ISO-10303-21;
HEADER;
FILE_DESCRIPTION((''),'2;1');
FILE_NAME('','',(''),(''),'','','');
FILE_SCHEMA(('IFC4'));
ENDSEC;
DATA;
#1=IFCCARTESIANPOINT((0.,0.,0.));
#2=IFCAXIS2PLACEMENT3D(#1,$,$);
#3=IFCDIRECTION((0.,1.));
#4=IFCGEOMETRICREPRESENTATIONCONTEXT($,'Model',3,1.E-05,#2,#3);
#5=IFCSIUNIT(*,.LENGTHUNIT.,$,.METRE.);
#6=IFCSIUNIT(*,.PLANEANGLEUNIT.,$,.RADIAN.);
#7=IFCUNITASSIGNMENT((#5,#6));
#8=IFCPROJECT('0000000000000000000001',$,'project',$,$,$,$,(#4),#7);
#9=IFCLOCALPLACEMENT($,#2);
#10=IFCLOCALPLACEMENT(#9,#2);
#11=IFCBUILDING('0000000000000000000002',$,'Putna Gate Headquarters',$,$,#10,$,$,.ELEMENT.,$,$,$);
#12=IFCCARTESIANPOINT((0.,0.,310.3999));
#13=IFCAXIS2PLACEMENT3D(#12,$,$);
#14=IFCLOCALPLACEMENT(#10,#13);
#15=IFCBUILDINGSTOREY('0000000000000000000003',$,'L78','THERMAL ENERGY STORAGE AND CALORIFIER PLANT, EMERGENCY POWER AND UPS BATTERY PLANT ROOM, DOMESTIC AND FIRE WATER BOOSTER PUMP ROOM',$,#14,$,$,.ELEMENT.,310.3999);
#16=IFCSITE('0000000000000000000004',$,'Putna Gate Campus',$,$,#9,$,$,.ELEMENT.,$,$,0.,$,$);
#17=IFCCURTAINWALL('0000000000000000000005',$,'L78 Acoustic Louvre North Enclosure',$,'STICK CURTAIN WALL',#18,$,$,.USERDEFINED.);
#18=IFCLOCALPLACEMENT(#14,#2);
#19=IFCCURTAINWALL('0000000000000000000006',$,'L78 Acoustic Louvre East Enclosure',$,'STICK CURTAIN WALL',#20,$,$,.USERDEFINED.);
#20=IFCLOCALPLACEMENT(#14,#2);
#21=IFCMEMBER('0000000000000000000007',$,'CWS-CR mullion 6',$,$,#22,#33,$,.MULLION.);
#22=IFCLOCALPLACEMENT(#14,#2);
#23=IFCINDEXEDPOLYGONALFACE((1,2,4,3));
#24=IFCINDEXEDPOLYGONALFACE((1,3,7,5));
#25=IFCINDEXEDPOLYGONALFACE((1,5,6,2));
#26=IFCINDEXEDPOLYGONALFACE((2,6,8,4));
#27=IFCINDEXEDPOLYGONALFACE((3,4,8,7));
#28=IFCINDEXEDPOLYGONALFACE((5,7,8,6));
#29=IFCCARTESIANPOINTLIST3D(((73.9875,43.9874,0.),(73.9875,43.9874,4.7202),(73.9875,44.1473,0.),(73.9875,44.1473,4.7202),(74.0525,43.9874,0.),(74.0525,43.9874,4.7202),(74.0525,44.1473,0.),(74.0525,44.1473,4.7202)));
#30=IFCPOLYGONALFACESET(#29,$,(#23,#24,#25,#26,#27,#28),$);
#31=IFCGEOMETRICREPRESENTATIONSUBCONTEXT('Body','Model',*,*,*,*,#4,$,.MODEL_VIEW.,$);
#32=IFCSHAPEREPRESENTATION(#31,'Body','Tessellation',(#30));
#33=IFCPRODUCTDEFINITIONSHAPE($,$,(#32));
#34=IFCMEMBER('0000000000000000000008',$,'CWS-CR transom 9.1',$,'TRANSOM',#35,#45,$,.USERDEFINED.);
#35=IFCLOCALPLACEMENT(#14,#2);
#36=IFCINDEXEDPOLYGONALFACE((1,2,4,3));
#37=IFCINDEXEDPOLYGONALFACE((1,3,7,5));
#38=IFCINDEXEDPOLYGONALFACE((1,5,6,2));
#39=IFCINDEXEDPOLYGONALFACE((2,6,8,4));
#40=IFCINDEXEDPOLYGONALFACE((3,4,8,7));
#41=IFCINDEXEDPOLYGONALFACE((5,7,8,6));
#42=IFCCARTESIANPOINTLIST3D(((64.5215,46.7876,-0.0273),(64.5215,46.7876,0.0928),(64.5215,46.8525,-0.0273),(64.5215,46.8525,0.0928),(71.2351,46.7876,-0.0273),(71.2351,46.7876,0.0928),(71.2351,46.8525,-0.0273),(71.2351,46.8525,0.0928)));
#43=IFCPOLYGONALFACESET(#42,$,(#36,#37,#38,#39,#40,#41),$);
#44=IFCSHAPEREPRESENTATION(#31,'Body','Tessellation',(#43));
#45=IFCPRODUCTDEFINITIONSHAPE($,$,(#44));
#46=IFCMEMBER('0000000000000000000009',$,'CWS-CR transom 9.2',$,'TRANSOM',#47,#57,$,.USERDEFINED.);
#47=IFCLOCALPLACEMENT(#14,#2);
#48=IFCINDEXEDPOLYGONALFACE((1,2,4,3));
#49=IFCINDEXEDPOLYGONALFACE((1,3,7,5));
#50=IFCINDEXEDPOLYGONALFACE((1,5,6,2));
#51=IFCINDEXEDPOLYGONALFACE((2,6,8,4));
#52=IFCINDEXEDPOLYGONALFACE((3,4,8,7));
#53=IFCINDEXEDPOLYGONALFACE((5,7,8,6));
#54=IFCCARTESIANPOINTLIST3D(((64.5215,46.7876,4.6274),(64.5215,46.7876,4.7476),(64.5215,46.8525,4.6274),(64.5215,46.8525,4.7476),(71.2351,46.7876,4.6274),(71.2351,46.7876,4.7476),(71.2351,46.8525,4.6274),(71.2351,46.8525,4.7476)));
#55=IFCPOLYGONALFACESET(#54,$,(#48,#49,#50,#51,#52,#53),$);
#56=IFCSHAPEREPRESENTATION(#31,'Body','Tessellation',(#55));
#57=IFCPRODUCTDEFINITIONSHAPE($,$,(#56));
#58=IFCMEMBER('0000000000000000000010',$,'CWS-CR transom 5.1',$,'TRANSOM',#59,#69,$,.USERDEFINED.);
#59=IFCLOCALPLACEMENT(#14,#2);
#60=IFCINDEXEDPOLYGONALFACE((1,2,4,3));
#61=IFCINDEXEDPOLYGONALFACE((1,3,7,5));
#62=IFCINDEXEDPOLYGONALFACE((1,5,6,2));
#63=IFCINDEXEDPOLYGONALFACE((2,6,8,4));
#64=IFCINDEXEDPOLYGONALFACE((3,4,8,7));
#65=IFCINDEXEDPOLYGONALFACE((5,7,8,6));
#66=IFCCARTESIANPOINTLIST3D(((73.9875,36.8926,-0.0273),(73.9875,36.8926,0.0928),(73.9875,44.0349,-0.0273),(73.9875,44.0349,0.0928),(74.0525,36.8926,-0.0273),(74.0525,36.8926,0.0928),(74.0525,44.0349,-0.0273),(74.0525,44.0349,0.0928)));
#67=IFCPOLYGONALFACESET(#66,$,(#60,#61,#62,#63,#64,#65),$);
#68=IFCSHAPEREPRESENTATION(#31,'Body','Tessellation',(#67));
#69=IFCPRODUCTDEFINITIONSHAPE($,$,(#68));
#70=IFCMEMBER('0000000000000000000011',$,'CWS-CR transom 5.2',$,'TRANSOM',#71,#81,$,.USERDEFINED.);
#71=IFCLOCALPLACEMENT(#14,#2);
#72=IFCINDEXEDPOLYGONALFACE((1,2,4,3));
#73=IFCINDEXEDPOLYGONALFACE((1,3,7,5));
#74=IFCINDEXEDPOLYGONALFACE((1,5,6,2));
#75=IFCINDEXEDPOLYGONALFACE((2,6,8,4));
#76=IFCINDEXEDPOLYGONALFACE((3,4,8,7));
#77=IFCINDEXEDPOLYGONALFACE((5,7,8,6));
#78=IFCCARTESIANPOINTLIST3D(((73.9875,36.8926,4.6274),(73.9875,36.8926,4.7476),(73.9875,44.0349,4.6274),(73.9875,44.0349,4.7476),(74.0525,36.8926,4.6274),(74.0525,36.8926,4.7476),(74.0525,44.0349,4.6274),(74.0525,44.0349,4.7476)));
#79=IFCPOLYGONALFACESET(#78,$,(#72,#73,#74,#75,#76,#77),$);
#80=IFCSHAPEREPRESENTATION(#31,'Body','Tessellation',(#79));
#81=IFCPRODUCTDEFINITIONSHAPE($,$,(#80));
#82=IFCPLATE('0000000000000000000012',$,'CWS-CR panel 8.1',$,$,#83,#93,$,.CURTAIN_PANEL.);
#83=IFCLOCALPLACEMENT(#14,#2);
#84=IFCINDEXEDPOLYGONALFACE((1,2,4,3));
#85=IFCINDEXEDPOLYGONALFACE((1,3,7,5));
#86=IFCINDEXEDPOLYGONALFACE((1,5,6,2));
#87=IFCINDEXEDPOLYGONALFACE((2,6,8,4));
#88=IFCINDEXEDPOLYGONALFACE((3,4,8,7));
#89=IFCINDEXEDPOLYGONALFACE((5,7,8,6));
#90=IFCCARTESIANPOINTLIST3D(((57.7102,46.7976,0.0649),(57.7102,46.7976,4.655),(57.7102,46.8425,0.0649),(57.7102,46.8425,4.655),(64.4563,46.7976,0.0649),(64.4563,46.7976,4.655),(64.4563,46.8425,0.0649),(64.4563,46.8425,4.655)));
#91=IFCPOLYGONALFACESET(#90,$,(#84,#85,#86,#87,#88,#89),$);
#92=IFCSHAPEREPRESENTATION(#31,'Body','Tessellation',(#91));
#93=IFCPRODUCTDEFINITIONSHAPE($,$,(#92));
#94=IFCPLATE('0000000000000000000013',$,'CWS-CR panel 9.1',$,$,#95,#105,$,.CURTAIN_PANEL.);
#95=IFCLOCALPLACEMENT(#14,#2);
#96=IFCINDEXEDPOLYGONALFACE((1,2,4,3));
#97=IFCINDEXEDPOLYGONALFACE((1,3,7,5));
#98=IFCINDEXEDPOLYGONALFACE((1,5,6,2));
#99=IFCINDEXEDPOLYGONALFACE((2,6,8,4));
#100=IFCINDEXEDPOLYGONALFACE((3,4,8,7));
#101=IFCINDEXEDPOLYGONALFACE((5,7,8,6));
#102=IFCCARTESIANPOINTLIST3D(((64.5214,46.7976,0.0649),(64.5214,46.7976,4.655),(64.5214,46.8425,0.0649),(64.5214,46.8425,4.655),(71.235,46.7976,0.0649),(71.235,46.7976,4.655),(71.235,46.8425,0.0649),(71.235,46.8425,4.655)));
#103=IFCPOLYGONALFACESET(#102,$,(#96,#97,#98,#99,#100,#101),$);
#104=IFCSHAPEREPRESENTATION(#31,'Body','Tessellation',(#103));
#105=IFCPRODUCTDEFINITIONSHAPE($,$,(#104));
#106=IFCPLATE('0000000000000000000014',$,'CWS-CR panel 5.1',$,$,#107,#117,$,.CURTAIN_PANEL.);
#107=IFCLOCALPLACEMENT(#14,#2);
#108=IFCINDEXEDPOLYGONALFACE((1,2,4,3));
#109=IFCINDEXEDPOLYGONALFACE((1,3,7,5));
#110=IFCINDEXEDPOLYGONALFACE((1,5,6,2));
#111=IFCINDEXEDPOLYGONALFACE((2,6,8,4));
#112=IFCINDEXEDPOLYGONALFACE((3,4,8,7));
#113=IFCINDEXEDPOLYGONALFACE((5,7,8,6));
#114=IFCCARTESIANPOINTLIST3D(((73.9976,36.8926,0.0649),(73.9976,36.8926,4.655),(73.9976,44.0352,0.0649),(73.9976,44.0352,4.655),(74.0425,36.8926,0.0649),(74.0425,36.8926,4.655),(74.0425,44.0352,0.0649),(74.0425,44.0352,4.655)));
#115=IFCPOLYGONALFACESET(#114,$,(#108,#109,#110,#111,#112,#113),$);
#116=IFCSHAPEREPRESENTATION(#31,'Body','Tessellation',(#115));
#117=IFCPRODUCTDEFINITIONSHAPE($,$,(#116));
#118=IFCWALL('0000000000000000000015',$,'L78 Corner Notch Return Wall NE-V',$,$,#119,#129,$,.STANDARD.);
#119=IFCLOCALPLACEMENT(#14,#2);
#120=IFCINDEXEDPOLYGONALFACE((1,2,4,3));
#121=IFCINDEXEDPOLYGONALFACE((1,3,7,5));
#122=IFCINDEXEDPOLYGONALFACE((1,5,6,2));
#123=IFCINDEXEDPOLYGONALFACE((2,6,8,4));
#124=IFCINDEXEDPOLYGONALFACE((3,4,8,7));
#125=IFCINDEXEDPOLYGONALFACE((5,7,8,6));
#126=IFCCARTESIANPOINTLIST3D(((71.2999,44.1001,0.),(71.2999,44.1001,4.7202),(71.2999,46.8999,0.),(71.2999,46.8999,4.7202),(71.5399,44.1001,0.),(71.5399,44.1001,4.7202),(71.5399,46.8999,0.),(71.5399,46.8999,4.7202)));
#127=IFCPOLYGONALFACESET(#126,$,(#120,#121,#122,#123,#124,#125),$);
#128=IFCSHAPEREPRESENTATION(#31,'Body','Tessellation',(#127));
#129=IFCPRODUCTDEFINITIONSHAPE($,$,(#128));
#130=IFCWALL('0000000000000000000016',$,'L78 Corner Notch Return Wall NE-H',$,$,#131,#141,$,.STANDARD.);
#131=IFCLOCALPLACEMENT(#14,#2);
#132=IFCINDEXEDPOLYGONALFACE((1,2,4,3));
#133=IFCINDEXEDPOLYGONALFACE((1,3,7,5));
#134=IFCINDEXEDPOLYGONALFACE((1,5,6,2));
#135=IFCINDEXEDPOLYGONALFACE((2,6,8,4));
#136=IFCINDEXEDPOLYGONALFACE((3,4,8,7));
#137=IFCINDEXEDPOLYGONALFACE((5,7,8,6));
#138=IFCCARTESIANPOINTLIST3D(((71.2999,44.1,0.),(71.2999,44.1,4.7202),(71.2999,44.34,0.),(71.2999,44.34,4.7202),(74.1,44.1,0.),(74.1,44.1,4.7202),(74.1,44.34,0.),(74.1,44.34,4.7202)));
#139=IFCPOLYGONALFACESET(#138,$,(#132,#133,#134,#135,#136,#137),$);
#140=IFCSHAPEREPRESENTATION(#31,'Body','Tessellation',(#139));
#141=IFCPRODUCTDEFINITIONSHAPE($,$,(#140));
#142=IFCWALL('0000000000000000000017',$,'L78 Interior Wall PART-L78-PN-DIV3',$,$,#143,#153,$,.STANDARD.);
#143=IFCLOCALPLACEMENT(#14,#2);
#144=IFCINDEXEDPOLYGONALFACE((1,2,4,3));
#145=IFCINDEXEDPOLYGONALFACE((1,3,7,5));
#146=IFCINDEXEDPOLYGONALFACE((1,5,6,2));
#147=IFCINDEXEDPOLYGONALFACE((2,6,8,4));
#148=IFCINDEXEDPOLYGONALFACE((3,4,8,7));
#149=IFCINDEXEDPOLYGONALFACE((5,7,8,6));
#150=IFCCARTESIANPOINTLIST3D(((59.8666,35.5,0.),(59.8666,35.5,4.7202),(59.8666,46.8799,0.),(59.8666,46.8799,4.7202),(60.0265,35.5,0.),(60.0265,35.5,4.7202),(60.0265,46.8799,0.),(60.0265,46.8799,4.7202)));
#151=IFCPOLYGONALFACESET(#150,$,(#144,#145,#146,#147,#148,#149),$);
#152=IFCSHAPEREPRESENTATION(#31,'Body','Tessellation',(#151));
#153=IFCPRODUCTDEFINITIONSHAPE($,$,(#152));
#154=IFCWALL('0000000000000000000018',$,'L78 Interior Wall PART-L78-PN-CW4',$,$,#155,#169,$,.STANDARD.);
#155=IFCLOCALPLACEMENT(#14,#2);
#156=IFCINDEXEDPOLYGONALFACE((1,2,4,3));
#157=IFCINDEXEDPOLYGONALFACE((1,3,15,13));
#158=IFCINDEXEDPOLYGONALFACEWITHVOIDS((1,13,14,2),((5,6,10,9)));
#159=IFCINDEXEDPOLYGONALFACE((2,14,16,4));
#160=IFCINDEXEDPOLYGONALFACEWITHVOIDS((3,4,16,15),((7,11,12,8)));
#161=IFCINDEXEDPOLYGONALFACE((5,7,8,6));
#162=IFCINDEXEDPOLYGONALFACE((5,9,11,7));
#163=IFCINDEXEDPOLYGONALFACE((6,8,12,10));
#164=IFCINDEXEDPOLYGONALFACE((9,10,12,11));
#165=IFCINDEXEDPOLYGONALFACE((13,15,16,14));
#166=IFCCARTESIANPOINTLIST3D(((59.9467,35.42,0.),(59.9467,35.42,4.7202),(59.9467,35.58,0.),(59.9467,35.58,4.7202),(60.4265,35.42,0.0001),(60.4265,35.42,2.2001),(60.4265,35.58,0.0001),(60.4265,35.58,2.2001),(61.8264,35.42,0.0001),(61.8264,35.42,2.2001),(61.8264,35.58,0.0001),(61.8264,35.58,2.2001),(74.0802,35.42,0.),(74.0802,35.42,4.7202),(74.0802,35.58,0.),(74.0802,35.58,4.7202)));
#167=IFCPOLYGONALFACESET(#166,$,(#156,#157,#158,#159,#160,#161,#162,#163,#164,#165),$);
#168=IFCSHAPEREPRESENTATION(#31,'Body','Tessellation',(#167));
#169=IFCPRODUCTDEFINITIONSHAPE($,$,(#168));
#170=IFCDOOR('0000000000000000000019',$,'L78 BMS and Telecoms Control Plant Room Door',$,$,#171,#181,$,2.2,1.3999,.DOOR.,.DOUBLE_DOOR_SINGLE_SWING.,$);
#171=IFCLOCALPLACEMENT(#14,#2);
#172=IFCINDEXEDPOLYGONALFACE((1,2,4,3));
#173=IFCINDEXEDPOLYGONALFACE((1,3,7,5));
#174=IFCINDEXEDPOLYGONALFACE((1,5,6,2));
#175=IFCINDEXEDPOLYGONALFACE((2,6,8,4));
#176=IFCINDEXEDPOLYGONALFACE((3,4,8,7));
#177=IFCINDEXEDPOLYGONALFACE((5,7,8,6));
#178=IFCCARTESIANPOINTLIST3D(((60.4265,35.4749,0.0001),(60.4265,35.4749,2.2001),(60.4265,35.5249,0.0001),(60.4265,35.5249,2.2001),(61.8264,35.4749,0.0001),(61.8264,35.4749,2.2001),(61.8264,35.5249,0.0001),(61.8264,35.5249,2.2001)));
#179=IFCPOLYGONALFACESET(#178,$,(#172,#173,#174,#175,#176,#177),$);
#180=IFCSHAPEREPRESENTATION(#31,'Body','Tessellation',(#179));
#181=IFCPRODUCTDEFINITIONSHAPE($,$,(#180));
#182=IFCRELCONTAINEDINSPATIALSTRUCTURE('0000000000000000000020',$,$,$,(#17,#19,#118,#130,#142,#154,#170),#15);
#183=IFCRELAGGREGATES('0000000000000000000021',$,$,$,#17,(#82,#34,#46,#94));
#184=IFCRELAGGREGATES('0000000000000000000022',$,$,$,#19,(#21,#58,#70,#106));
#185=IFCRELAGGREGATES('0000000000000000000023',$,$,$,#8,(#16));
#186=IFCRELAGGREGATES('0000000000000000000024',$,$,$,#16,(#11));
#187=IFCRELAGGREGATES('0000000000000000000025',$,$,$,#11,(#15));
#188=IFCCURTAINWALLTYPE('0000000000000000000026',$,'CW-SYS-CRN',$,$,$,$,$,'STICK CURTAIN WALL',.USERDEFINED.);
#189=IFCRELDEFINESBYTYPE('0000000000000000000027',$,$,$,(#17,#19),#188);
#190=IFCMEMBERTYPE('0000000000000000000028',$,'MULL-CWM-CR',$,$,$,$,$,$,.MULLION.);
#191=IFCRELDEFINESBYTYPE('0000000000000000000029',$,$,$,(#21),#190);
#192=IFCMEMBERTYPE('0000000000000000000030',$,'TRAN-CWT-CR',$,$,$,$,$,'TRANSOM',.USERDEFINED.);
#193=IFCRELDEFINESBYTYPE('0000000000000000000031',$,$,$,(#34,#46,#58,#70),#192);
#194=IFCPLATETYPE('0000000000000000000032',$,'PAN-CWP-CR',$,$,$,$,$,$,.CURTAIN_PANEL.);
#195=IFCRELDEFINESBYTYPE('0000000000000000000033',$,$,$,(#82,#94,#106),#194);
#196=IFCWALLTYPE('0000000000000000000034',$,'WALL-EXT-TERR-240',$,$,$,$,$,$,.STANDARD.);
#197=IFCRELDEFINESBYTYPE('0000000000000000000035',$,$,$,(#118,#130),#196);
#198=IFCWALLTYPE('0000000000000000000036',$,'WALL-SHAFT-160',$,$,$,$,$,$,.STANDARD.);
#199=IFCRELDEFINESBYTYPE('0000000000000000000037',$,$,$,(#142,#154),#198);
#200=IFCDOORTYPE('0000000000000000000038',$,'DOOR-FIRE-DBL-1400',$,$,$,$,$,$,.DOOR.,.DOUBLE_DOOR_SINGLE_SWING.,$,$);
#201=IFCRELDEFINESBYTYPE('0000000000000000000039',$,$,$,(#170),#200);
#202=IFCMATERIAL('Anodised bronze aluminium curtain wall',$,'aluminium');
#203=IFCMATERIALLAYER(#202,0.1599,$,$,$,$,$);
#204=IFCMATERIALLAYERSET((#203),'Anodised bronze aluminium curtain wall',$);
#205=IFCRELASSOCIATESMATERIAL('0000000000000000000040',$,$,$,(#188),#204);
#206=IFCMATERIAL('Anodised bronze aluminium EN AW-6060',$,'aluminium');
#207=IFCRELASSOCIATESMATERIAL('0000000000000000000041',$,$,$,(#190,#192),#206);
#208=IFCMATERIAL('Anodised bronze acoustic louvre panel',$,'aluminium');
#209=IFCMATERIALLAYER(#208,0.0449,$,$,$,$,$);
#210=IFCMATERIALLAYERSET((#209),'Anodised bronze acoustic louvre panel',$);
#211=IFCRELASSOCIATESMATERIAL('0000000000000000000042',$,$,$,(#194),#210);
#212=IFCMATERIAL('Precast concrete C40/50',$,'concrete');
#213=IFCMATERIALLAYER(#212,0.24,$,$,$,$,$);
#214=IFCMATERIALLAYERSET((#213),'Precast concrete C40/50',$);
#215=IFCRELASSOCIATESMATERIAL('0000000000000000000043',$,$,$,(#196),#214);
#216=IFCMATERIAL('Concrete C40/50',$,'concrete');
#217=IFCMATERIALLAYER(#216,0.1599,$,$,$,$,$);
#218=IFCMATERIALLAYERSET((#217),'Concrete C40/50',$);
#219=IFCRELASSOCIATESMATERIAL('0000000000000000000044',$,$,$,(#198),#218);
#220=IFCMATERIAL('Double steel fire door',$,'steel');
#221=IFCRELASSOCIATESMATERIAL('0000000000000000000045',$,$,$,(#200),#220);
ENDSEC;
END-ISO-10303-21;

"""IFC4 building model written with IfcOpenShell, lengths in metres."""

from ifc_helpers import new_model, si_unit, direction, frame, frame_2d, origin, origin_2d, place, context, subcontext, project, spatial, rectangle, extrude, material, layer, layer_set, material_profile, profile_set, type_object, element, fill, aggregate, save


model = new_model("IFC4")

# Units and contexts
model_context = context("Model", 3, precision=1e-05, world=origin(), true_north=direction((0.0, 1.0)))
body_context = subcontext(model_context, "Body", "Model", "MODEL_VIEW")
ifc_project = project(units=[si_unit("LENGTHUNIT", "METRE"), si_unit("PLANEANGLEUNIT", "RADIAN")], contexts=[model_context])

# Site, building, storey
site_placement = place(None, origin())
site = spatial("IfcSite", under=ifc_project, at=site_placement, Name="Putna Gate Campus", CompositionType="ELEMENT", RefElevation=0.0)
building_placement = place(site_placement, origin())
building = spatial("IfcBuilding", under=site, at=building_placement, Name="Putna Gate Headquarters", CompositionType="ELEMENT")
storey_placement = place(building_placement, frame((0.0, 0.0, 310.3999)))
storey = spatial("IfcBuildingStorey", under=building, at=storey_placement, Name="L78", Description="THERMAL ENERGY STORAGE AND CALORIFIER PLANT, EMERGENCY POWER AND UPS BATTERY PLANT ROOM, DOMESTIC AND FIRE WATER BOOSTER PUMP ROOM", CompositionType="ELEMENT", Elevation=310.3999)

# Curtain walls, member
ifc_material_1 = material(Name="Anodised bronze aluminium curtain wall", Category="aluminium")
ifc_layer_1 = layer(ifc_material_1, 0.1599)
ifc_layer_set_1 = layer_set([ifc_layer_1], Name="Anodised bronze aluminium curtain wall")
curtain_wall_type = type_object("IfcCurtainWallType", Name="CW-SYS-CRN", ElementType="STICK CURTAIN WALL", PredefinedType="USERDEFINED", material=ifc_layer_set_1)
curtain_wall_1_placement = place(storey_placement, origin())
curtain_wall_1 = element("IfcCurtainWall", 1, at=curtain_wall_1_placement, inside=storey, type_object=curtain_wall_type, Name="L78 Acoustic Louvre North Enclosure", ObjectType="STICK CURTAIN WALL", PredefinedType="USERDEFINED")
ifc_material_2 = material(Name="Anodised bronze aluminium EN AW-6060", Category="aluminium")
ifc_material_profile_1 = material_profile(ifc_material_2, rectangle(XDim=0.0649, YDim=0.1599, at=origin_2d()), Name="Anodised bronze aluminium EN AW-6060")
ifc_profile_set_1 = profile_set([ifc_material_profile_1], Name="Anodised bronze aluminium EN AW-6060")
member_type_1 = type_object("IfcMemberType", Name="MULL-CWM-CR", PredefinedType="MULLION", material=ifc_profile_set_1)
curtain_wall_2_placement = place(storey_placement, origin())
curtain_wall_2 = element("IfcCurtainWall", 2, at=curtain_wall_2_placement, inside=storey, type_object=curtain_wall_type, Name="L78 Acoustic Louvre East Enclosure", ObjectType="STICK CURTAIN WALL", PredefinedType="USERDEFINED")
member_1_placement = place(storey_placement, frame((74.02, 44.0674, 0.0), z_axis=(0.0, 0.0, 1.0), x_axis=(-1.0, 0.0, 0.0)))
member_1 = element("IfcMember", 3, at=member_1_placement, type_object=member_type_1, Name="CWS-CR mullion 6", PredefinedType="MULLION", context=body_context, shape_type="SweptSolid", body=[
    extrude(rectangle(XDim=0.0649, YDim=0.1599, at=origin_2d()), origin(), (0.0, 0.0, 1.0), 4.7202),
])

# Members
ifc_material_profile_2 = material_profile(ifc_material_2, rectangle(XDim=0.0649, YDim=0.1201, at=origin_2d()), Name="Anodised bronze aluminium EN AW-6060")
ifc_profile_set_2 = profile_set([ifc_material_profile_2], Name="Anodised bronze aluminium EN AW-6060")
member_type_2 = type_object("IfcMemberType", Name="TRAN-CWT-CR", ElementType="TRANSOM", PredefinedType="USERDEFINED", material=ifc_profile_set_2)
member_2_placement = place(storey_placement, frame((64.5215, 46.8201, 0.0327), z_axis=(1.0, 0.0, 0.0), x_axis=(0.0, 1.0, 0.0)))
member_2 = element("IfcMember", 4, at=member_2_placement, type_object=member_type_2, Name="CWS-CR transom 9.1", ObjectType="TRANSOM", PredefinedType="USERDEFINED", context=body_context, shape_type="SweptSolid", body=[
    extrude(rectangle(XDim=0.0649, YDim=0.1201, at=origin_2d()), origin(), (0.0, 0.0, 1.0), 6.7136),
])
member_3_placement = place(storey_placement, frame((64.5215, 46.8201, 4.6875), z_axis=(1.0, 0.0, 0.0), x_axis=(0.0, 1.0, 0.0)))
member_3 = element("IfcMember", 5, at=member_3_placement, type_object=member_type_2, Name="CWS-CR transom 9.2", ObjectType="TRANSOM", PredefinedType="USERDEFINED", context=body_context, shape_type="SweptSolid", body=[
    extrude(rectangle(XDim=0.0649, YDim=0.1201, at=origin_2d()), origin(), (0.0, 0.0, 1.0), 6.7136),
])
member_4_placement = place(storey_placement, frame((74.02, 36.8926, 0.0327), z_axis=(0.0, 1.0, 0.0), x_axis=(-1.0, 0.0, 0.0)))
member_4 = element("IfcMember", 6, at=member_4_placement, type_object=member_type_2, Name="CWS-CR transom 5.1", ObjectType="TRANSOM", PredefinedType="USERDEFINED", context=body_context, shape_type="SweptSolid", body=[
    extrude(rectangle(XDim=0.0649, YDim=0.1201, at=origin_2d()), origin(), (0.0, 0.0, 1.0), 7.1423),
])
member_5_placement = place(storey_placement, frame((74.02, 36.8926, 4.6875), z_axis=(0.0, 1.0, 0.0), x_axis=(-1.0, 0.0, 0.0)))
member_5 = element("IfcMember", 7, at=member_5_placement, type_object=member_type_2, Name="CWS-CR transom 5.2", ObjectType="TRANSOM", PredefinedType="USERDEFINED", context=body_context, shape_type="SweptSolid", body=[
    extrude(rectangle(XDim=0.0649, YDim=0.1201, at=origin_2d()), origin(), (0.0, 0.0, 1.0), 7.1423),
])

# Plates
ifc_material_3 = material(Name="Anodised bronze acoustic louvre panel", Category="aluminium")
ifc_layer_2 = layer(ifc_material_3, 0.0449)
ifc_layer_set_2 = layer_set([ifc_layer_2], Name="Anodised bronze acoustic louvre panel")
plate_type = type_object("IfcPlateType", Name="PAN-CWP-CR", PredefinedType="CURTAIN_PANEL", material=ifc_layer_set_2)
plate_1_placement = place(storey_placement, frame((61.0833, 46.8201, 0.0649), z_axis=(0.0, 0.0, 1.0), x_axis=(1.0, 0.0, 0.0)))
plate_1 = element("IfcPlate", 8, at=plate_1_placement, type_object=plate_type, Name="CWS-CR panel 8.1", PredefinedType="CURTAIN_PANEL", context=body_context, shape_type="SweptSolid", body=[
    extrude(rectangle(XDim=6.7461, YDim=0.0449, at=origin_2d()), origin(), (0.0, 0.0, 1.0), 4.5901),
])
plate_2_placement = place(storey_placement, frame((67.8782, 46.8201, 0.0649), z_axis=(0.0, 0.0, 1.0), x_axis=(1.0, 0.0, 0.0)))
plate_2 = element("IfcPlate", 9, at=plate_2_placement, type_object=plate_type, Name="CWS-CR panel 9.1", PredefinedType="CURTAIN_PANEL", context=body_context, shape_type="SweptSolid", body=[
    extrude(rectangle(XDim=6.7136, YDim=0.0449, at=origin_2d()), origin(), (0.0, 0.0, 1.0), 4.5901),
])
aggregate(curtain_wall_1, [plate_1, member_2, member_3, plate_2])
plate_3_placement = place(storey_placement, frame((74.02, 40.4639, 0.0649), z_axis=(0.0, 0.0, 1.0), x_axis=(0.0, 1.0, 0.0)))
plate_3 = element("IfcPlate", 10, at=plate_3_placement, type_object=plate_type, Name="CWS-CR panel 5.1", PredefinedType="CURTAIN_PANEL", context=body_context, shape_type="SweptSolid", body=[
    extrude(rectangle(XDim=7.1426, YDim=0.0449, at=origin_2d()), origin(), (0.0, 0.0, 1.0), 4.5901),
])
aggregate(curtain_wall_2, [member_1, member_4, member_5, plate_3])

# Walls
ifc_material_4 = material(Name="Precast concrete C40/50", Category="concrete")
ifc_layer_3 = layer(ifc_material_4, 0.24)
ifc_layer_set_3 = layer_set([ifc_layer_3], Name="Precast concrete C40/50")
wall_type_1 = type_object("IfcWallType", Name="WALL-EXT-TERR-240", PredefinedType="STANDARD", material=ifc_layer_set_3)
wall_1_placement = place(storey_placement, frame((71.4199, 46.8999, 0.0), z_axis=(0.0, 0.0, 1.0), x_axis=(0.0, -1.0, 0.0)))
element("IfcWall", 11, at=wall_1_placement, inside=storey, type_object=wall_type_1, Name="L78 Corner Notch Return Wall NE-V", PredefinedType="STANDARD", context=body_context, shape_type="SweptSolid", body=[
    extrude(rectangle(XDim=2.7998, YDim=0.24, at=frame_2d((1.3999, 0.0))), origin(), (0.0, 0.0, 1.0), 4.7202),
])
wall_2_placement = place(storey_placement, frame((71.3, 44.22, 0.0), z_axis=(0.0, 0.0, 1.0), x_axis=(1.0, 0.0, 0.0)))
element("IfcWall", 12, at=wall_2_placement, inside=storey, type_object=wall_type_1, Name="L78 Corner Notch Return Wall NE-H", PredefinedType="STANDARD", context=body_context, shape_type="SweptSolid", body=[
    extrude(rectangle(XDim=2.8, YDim=0.24, at=frame_2d((1.3999, 0.0))), origin(), (0.0, 0.0, 1.0), 4.7202),
])
ifc_material_5 = material(Name="Concrete C40/50", Category="concrete")
ifc_layer_4 = layer(ifc_material_5, 0.1599)
ifc_layer_set_4 = layer_set([ifc_layer_4], Name="Concrete C40/50")
wall_type_2 = type_object("IfcWallType", Name="WALL-SHAFT-160", PredefinedType="STANDARD", material=ifc_layer_set_4)
wall_3_placement = place(storey_placement, frame((59.9465, 35.5, 0.0), z_axis=(0.0, 0.0, 1.0), x_axis=(0.0, 1.0, 0.0)))
element("IfcWall", 13, at=wall_3_placement, inside=storey, type_object=wall_type_2, Name="L78 Interior Wall PART-L78-PN-DIV3", PredefinedType="STANDARD", context=body_context, shape_type="SweptSolid", body=[
    extrude(rectangle(XDim=11.3799, YDim=0.1599, at=frame_2d((5.6899, 0.0))), origin(), (0.0, 0.0, 1.0), 4.7202),
])

# Wall, opening, door
wall_4_placement = place(storey_placement, frame((59.9465, 35.5, 0.0), z_axis=(0.0, 0.0, 1.0), x_axis=(1.0, 0.0, 0.0)))
wall_4 = element("IfcWall", 14, at=wall_4_placement, inside=storey, type_object=wall_type_2, Name="L78 Interior Wall PART-L78-PN-CW4", PredefinedType="STANDARD", context=body_context, shape_type="SweptSolid", body=[
    extrude(rectangle(XDim=14.1335, YDim=0.1599, at=frame_2d((7.0669, 0.0))), origin(), (0.0, 0.0, 1.0), 4.7202),
])
opening_placement = place(wall_4_placement, frame((0.48, 0.0, 0.0)))
opening = element("IfcOpeningElement", 15, at=opening_placement, cuts=wall_4, PredefinedType="OPENING", context=body_context, shape_type="SweptSolid", body=[
    extrude(rectangle(XDim=1.3999, YDim=2.2, at=frame_2d((0.7, 1.1001))), frame((0.0, 0.0898, 0.0), z_axis=(0.0, -1.0, 0.0), x_axis=(1.0, 0.0, 0.0)), (0.0, 0.0, 1.0), 0.1799),
])
ifc_material_6 = material(Name="Double steel fire door", Category="steel")
door_type = type_object("IfcDoorType", Name="DOOR-FIRE-DBL-1400", OperationType="DOUBLE_DOOR_SINGLE_SWING", PredefinedType="DOOR", material=ifc_material_6)
door_placement = place(opening_placement, origin())
door = element("IfcDoor", 16, at=door_placement, inside=storey, type_object=door_type, Name="L78 BMS and Telecoms Control Plant Room Door", OperationType="DOUBLE_DOOR_SINGLE_SWING", OverallHeight=2.2, OverallWidth=1.3999, PredefinedType="DOOR", context=body_context, shape_type="SweptSolid", body=[
    extrude(rectangle(XDim=1.3999, YDim=2.2, at=frame_2d((0.7, 1.1001))), frame((0.0, 0.0249, 0.0), z_axis=(0.0, -1.0, 0.0), x_axis=(1.0, 0.0, 0.0)), (0.0, 0.0, 1.0), 0.05),
])
fill(opening, door)

save(model, "model.ifc")
